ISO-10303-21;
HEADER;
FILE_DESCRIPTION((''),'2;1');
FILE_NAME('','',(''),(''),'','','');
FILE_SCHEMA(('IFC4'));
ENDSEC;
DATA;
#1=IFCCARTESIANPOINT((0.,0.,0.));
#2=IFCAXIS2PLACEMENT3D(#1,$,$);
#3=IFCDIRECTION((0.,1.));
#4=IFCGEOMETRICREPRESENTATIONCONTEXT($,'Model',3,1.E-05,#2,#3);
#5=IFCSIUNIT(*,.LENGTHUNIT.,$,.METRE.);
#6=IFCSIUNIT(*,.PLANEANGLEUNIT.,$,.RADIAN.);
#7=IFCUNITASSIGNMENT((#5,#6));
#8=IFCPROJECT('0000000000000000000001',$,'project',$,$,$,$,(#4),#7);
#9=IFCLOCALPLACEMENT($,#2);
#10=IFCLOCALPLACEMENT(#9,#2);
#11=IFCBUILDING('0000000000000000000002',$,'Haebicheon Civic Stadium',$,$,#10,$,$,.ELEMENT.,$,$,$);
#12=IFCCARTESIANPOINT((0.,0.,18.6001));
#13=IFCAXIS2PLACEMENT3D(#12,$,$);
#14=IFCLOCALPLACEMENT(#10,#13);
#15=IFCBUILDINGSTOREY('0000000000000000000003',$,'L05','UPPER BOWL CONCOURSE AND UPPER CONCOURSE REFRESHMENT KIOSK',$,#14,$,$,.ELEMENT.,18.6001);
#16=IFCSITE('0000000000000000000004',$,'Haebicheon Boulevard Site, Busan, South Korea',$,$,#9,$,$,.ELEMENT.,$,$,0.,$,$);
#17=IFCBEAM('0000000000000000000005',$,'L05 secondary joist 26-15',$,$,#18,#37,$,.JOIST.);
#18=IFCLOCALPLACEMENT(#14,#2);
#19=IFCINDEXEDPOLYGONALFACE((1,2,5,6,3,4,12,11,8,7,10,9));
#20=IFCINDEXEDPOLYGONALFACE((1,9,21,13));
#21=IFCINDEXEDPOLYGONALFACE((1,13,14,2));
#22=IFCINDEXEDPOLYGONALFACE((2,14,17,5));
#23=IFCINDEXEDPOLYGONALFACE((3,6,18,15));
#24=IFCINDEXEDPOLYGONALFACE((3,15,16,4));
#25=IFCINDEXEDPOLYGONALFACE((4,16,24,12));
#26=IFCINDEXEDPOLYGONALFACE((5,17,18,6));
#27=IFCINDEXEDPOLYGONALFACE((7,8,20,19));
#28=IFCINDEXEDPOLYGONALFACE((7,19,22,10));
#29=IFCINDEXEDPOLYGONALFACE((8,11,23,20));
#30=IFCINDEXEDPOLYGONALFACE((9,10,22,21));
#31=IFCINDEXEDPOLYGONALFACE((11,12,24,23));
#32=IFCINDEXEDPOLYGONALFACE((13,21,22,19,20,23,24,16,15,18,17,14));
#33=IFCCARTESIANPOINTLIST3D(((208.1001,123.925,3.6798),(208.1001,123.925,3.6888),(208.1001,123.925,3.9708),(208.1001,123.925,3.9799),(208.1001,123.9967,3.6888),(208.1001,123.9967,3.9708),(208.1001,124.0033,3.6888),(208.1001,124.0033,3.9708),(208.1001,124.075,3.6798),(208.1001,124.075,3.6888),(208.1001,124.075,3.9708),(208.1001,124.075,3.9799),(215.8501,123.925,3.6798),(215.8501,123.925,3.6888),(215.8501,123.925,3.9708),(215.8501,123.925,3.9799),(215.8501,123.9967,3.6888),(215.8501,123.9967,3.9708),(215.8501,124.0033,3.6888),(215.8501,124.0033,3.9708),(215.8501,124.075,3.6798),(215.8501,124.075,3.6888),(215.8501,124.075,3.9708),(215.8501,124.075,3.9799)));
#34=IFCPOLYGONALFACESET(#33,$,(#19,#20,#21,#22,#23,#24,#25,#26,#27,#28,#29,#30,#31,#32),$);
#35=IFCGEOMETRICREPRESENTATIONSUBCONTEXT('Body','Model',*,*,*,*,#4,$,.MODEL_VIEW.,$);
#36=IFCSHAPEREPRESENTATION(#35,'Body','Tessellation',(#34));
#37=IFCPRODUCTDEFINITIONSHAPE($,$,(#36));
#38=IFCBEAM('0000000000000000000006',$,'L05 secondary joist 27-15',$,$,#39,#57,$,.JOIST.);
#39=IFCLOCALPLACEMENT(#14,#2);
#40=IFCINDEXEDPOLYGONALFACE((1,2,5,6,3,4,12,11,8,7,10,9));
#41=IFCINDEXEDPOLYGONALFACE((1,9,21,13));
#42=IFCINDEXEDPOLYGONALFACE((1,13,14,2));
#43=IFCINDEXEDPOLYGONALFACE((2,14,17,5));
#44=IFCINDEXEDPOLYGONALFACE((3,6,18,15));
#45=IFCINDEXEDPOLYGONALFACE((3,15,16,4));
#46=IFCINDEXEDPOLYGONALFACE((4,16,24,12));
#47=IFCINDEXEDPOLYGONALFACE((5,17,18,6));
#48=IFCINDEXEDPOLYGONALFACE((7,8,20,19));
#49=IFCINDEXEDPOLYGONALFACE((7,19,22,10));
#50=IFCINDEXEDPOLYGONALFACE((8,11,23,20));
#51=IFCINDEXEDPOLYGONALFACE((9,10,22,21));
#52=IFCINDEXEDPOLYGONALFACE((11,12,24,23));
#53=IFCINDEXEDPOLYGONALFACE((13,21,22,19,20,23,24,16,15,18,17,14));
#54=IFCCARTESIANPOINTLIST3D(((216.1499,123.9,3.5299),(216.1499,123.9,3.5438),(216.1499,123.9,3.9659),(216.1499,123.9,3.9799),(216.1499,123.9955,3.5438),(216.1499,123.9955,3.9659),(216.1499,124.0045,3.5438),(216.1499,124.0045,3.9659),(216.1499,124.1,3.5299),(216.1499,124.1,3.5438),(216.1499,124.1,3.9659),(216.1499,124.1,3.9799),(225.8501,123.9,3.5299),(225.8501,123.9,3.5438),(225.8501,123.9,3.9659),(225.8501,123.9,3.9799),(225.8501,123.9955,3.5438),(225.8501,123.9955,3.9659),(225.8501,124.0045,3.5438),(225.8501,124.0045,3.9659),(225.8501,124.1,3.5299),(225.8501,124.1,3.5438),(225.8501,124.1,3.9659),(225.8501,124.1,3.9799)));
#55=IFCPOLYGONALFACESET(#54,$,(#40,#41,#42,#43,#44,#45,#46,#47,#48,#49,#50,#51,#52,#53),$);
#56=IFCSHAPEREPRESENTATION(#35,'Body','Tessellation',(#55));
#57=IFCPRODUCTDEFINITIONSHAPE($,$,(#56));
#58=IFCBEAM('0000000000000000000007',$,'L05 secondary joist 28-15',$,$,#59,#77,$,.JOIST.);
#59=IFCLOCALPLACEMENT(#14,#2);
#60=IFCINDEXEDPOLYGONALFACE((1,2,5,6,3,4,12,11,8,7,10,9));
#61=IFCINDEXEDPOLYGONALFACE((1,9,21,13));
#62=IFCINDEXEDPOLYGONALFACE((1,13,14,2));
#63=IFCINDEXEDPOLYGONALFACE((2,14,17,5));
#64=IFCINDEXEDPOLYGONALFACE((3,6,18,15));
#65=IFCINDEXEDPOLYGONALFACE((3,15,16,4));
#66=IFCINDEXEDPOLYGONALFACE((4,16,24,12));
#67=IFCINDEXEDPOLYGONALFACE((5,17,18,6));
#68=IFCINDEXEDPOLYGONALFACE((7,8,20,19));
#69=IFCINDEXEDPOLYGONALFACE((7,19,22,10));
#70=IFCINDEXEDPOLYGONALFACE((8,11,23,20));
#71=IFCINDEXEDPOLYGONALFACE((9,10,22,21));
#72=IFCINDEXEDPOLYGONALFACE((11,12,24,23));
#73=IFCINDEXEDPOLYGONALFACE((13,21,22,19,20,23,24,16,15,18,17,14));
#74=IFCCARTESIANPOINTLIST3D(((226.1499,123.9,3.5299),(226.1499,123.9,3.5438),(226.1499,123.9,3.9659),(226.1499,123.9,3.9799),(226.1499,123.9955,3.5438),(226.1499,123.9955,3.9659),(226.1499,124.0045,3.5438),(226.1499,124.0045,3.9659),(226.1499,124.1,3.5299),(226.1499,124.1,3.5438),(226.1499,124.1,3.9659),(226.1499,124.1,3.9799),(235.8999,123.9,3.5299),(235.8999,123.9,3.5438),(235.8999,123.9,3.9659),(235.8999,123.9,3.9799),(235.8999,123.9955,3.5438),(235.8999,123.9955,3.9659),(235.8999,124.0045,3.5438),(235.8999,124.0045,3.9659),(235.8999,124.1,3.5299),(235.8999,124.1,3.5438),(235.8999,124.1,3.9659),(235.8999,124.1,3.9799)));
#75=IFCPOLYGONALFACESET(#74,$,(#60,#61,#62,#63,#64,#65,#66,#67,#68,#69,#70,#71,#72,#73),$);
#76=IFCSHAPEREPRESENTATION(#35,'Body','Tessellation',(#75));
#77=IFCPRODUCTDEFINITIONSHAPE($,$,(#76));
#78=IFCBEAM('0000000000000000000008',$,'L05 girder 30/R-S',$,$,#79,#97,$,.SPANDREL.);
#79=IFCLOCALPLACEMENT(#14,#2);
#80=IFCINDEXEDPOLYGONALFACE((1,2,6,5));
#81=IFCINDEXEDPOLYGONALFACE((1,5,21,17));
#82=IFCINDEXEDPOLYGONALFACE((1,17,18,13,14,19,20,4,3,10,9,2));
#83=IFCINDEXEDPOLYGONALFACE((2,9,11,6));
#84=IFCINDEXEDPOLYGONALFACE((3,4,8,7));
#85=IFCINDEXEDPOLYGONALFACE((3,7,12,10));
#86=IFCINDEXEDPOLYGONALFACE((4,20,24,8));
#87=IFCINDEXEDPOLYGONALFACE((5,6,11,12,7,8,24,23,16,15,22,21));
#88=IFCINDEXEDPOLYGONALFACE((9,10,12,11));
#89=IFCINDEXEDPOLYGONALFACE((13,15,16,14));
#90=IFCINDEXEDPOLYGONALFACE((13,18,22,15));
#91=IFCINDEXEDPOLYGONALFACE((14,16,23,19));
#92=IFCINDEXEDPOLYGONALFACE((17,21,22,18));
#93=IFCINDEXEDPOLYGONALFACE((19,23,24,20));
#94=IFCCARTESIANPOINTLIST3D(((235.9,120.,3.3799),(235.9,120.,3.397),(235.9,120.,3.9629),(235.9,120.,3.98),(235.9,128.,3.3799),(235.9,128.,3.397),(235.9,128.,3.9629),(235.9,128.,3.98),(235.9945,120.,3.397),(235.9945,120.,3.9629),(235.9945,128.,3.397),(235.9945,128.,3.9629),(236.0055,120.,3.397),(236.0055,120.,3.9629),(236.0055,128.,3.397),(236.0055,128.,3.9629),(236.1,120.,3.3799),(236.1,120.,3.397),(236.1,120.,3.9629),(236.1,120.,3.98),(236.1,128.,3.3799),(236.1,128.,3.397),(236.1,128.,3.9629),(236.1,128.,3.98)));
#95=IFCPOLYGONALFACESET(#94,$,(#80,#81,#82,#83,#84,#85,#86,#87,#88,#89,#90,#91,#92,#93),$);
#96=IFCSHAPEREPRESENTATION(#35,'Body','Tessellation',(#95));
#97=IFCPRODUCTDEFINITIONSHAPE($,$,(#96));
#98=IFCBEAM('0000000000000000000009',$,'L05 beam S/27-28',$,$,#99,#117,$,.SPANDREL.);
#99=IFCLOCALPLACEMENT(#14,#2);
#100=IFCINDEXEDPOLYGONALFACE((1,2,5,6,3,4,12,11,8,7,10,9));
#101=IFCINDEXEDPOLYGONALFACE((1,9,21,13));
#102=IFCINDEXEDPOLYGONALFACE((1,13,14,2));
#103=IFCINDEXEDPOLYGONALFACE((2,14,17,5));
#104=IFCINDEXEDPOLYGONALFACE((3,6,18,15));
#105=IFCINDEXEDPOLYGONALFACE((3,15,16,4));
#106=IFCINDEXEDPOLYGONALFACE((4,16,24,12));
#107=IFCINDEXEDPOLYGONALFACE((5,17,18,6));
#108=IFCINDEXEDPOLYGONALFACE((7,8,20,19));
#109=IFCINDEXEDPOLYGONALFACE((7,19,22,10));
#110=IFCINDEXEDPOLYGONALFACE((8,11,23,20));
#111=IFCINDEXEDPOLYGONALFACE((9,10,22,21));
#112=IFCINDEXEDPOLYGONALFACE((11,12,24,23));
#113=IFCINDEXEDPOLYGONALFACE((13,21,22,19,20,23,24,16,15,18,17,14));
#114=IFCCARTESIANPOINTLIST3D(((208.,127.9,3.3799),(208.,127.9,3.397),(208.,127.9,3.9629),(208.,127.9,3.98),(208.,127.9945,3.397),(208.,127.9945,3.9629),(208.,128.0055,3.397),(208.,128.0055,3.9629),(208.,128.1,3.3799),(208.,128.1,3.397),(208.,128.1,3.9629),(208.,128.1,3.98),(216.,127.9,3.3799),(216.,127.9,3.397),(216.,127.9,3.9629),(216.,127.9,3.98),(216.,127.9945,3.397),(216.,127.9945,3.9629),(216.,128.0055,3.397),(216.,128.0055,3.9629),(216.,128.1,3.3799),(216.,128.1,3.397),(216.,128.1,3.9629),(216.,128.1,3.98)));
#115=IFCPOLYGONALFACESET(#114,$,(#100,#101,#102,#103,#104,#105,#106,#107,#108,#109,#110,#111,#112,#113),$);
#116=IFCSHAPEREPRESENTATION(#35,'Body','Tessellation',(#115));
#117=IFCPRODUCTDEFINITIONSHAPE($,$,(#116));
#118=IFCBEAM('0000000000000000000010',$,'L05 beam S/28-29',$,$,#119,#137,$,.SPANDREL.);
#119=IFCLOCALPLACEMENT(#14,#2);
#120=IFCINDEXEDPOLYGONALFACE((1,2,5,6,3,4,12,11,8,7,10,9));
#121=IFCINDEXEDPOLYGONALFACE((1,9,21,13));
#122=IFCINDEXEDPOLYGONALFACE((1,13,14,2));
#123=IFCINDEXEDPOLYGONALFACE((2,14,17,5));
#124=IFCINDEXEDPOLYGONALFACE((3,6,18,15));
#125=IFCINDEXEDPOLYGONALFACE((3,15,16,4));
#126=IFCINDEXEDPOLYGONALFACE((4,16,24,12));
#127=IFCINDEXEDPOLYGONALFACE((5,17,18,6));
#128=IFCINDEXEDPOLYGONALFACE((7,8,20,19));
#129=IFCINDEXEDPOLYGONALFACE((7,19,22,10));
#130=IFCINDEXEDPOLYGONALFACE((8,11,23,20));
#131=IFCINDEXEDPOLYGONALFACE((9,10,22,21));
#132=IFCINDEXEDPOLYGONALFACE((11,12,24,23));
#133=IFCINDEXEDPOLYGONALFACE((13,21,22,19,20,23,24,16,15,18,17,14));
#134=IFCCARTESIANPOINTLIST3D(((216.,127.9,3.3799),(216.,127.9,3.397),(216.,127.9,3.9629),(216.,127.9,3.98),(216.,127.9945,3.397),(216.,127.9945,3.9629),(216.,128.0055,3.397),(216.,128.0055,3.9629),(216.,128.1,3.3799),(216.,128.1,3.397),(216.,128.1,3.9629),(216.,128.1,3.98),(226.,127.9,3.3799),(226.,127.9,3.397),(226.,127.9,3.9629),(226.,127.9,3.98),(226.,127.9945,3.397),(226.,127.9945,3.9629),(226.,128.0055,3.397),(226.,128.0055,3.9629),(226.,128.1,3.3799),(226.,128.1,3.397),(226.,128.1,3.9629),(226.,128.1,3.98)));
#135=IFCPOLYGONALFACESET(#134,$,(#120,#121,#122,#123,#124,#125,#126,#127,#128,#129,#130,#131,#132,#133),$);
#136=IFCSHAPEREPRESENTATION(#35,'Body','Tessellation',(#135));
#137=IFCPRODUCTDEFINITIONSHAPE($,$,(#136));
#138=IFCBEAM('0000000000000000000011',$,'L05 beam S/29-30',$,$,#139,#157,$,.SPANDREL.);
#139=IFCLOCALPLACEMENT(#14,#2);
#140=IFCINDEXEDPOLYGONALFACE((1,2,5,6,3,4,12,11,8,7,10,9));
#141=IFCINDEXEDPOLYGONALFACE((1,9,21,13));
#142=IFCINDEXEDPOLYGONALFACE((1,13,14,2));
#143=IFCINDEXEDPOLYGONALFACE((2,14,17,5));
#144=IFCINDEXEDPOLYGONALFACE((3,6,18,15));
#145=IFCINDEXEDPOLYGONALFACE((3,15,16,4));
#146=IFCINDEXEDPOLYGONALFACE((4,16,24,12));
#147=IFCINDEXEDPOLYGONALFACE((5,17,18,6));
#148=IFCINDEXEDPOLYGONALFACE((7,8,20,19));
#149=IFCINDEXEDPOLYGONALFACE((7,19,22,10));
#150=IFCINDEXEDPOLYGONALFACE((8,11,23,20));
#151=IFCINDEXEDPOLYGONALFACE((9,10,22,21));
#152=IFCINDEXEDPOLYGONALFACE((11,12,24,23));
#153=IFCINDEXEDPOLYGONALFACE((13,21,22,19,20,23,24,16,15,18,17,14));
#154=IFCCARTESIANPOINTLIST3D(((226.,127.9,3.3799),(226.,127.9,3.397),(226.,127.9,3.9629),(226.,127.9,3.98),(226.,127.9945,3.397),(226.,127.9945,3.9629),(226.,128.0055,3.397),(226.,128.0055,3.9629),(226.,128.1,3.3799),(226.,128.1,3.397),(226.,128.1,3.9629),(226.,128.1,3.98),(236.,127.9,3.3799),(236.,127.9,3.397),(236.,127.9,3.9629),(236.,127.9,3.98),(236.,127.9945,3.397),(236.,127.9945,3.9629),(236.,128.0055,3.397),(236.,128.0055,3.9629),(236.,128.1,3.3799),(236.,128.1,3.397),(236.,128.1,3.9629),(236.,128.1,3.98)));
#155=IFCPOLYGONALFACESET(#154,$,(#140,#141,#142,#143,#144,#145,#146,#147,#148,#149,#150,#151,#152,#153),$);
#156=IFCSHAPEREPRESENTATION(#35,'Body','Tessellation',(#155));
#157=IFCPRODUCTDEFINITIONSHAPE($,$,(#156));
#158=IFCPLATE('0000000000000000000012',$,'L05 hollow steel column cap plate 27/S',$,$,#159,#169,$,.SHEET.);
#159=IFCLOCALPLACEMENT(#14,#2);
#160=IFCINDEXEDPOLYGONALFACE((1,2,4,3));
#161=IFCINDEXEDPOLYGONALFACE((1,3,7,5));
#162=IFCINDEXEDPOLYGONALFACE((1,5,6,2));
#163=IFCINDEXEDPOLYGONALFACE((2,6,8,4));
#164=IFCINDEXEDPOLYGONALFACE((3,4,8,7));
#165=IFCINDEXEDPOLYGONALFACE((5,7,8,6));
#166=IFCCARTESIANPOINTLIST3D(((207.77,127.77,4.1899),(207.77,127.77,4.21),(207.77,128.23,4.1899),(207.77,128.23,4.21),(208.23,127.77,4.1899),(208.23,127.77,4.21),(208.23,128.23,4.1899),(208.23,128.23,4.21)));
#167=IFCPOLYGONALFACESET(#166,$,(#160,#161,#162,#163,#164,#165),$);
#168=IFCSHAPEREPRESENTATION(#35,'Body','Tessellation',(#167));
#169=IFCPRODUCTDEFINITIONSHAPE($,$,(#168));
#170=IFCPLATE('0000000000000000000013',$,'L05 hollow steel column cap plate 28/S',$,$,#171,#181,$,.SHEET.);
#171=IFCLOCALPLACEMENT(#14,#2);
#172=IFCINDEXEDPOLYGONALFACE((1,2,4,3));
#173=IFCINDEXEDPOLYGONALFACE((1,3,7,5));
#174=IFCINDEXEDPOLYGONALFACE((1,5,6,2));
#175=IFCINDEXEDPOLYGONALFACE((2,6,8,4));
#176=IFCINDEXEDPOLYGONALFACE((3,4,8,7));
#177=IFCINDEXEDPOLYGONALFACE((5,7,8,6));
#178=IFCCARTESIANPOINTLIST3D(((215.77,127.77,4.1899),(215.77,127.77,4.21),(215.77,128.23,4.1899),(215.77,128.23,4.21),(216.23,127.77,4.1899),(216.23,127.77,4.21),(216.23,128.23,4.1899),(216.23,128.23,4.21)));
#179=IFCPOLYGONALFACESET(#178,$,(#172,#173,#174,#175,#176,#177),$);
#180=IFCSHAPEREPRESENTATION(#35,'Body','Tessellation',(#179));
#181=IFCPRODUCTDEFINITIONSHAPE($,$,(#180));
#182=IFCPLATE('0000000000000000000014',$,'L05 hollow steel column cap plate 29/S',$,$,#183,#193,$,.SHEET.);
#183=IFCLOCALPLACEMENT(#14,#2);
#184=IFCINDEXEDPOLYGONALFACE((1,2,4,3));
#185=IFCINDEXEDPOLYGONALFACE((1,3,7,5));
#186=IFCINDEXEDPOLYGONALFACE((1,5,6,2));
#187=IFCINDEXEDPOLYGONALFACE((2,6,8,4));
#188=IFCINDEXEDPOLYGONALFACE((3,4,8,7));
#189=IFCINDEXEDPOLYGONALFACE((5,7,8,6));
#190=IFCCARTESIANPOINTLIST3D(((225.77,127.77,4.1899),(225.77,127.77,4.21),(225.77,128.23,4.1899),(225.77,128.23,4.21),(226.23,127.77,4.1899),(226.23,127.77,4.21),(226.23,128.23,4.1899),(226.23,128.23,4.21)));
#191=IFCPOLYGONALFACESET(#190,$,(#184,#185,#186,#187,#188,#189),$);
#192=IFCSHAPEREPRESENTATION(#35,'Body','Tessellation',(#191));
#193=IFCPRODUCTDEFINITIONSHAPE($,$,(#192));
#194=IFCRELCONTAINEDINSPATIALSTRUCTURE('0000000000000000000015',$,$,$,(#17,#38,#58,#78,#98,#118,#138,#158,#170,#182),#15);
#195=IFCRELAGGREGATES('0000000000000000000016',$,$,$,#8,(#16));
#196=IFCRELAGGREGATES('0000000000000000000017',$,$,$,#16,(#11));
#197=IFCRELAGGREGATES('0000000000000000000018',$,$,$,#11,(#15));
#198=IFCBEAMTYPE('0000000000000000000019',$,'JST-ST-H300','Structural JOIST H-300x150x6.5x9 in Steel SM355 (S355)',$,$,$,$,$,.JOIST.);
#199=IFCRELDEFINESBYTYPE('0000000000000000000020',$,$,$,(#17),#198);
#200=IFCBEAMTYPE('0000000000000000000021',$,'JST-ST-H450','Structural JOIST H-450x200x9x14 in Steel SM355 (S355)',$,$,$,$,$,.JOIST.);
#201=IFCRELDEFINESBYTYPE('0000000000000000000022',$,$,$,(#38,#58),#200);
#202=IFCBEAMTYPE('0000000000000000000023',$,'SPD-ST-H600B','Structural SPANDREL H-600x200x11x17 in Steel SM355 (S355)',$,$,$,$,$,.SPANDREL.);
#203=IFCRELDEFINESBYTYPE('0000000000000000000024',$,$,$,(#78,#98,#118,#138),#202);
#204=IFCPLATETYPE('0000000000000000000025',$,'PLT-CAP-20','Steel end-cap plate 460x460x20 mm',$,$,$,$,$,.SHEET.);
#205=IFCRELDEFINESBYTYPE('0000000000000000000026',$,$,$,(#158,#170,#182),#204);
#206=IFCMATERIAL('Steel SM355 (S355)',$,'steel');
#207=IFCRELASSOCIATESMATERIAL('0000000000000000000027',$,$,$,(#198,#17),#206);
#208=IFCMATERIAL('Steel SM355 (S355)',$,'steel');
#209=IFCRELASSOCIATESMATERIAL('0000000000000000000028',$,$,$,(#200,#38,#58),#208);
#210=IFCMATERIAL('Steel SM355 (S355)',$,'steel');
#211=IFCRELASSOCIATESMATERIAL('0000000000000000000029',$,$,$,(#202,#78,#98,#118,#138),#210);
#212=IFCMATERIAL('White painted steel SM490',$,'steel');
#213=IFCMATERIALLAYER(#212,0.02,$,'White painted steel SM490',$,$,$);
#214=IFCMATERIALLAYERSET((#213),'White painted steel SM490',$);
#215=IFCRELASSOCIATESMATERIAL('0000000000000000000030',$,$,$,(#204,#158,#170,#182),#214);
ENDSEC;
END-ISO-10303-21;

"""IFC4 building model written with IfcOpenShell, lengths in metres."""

from ifc_helpers import new_model, si_unit, direction, frame, origin, origin_2d, place, context, subcontext, project, spatial, rectangle, i_section, extrude, material, layer, layer_set, material_profile, profile_set, type_object, element, save


model = new_model("IFC4")

# Units and contexts
model_context = context("Model", 3, precision=1e-05, world=origin(), true_north=direction((0.0, 1.0)))
body_context = subcontext(model_context, "Body", "Model", "MODEL_VIEW")
ifc_project = project(units=[si_unit("LENGTHUNIT", "METRE"), si_unit("PLANEANGLEUNIT", "RADIAN")], contexts=[model_context])

# Site, building, storey
site_placement = place(None, origin())
site = spatial("IfcSite", under=ifc_project, at=site_placement, Name="Haebicheon Boulevard Site, Busan, South Korea", CompositionType="ELEMENT", RefElevation=0.0)
building_placement = place(site_placement, origin())
building = spatial("IfcBuilding", under=site, at=building_placement, Name="Haebicheon Civic Stadium", CompositionType="ELEMENT")
storey_placement = place(building_placement, frame((0.0, 0.0, 18.6001)))
storey = spatial("IfcBuildingStorey", under=building, at=storey_placement, Name="L05", Description="UPPER BOWL CONCOURSE AND UPPER CONCOURSE REFRESHMENT KIOSK", CompositionType="ELEMENT", Elevation=18.6001)

# Beams
ifc_material_1 = material(Name="Steel SM355 (S355)", Category="steel")
ifc_material_profile_1 = material_profile(ifc_material_1, i_section(OverallWidth=0.1499, OverallDepth=0.3, WebThickness=0.0066, FlangeThickness=0.009, at=origin_2d()), Name="H-300x150x6.5x9")
ifc_profile_set_1 = profile_set([ifc_material_profile_1], Name="Steel SM355 (S355)")
beam_type_1 = type_object("IfcBeamType", Name="JST-ST-H300", Description="Structural JOIST H-300x150x6.5x9 in Steel SM355 (S355)", PredefinedType="JOIST", material=ifc_profile_set_1)
beam_1_placement = place(storey_placement, frame((208.1001, 124.0, 3.8298), z_axis=(1.0, 0.0, 0.0), x_axis=(0.0, 1.0, 0.0)))
element("IfcBeam", 1, at=beam_1_placement, inside=storey, type_object=beam_type_1, material=ifc_profile_set_1, Name="L05 secondary joist 26-15", PredefinedType="JOIST", context=body_context, shape_type="SweptSolid", body=[
    extrude(i_section(OverallWidth=0.1499, OverallDepth=0.3, WebThickness=0.0066, FlangeThickness=0.009, at=origin_2d()), origin(), (0.0, 0.0, 1.0), 7.75),
])
ifc_material_2 = material(Name="Steel SM355 (S355)", Category="steel")
ifc_material_profile_2 = material_profile(ifc_material_2, i_section(OverallWidth=0.2, OverallDepth=0.45, WebThickness=0.009, FlangeThickness=0.0139, at=origin_2d()), Name="H-450x200x9x14")
ifc_profile_set_2 = profile_set([ifc_material_profile_2], Name="Steel SM355 (S355)")
beam_type_2 = type_object("IfcBeamType", Name="JST-ST-H450", Description="Structural JOIST H-450x200x9x14 in Steel SM355 (S355)", PredefinedType="JOIST", material=ifc_profile_set_2)
beam_2_placement = place(storey_placement, frame((216.1499, 124.0, 3.7549), z_axis=(1.0, 0.0, 0.0), x_axis=(0.0, 1.0, 0.0)))
element("IfcBeam", 2, at=beam_2_placement, inside=storey, type_object=beam_type_2, material=ifc_profile_set_2, Name="L05 secondary joist 27-15", PredefinedType="JOIST", context=body_context, shape_type="SweptSolid", body=[
    extrude(i_section(OverallWidth=0.2, OverallDepth=0.45, WebThickness=0.009, FlangeThickness=0.0139, at=origin_2d()), origin(), (0.0, 0.0, 1.0), 9.7002),
])
beam_3_placement = place(storey_placement, frame((226.1499, 124.0, 3.7549), z_axis=(1.0, 0.0, 0.0), x_axis=(0.0, 1.0, 0.0)))
element("IfcBeam", 3, at=beam_3_placement, inside=storey, type_object=beam_type_2, material=ifc_profile_set_2, Name="L05 secondary joist 28-15", PredefinedType="JOIST", context=body_context, shape_type="SweptSolid", body=[
    extrude(i_section(OverallWidth=0.2, OverallDepth=0.45, WebThickness=0.009, FlangeThickness=0.0139, at=origin_2d()), origin(), (0.0, 0.0, 1.0), 9.75),
])
ifc_material_3 = material(Name="Steel SM355 (S355)", Category="steel")
ifc_material_profile_3 = material_profile(ifc_material_3, i_section(OverallWidth=0.2, OverallDepth=0.6001, WebThickness=0.011, FlangeThickness=0.0171, at=origin_2d()), Name="H-600x200x11x17")
ifc_profile_set_3 = profile_set([ifc_material_profile_3], Name="Steel SM355 (S355)")
beam_type_3 = type_object("IfcBeamType", Name="SPD-ST-H600B", Description="Structural SPANDREL H-600x200x11x17 in Steel SM355 (S355)", PredefinedType="SPANDREL", material=ifc_profile_set_3)
for number, where, z_axis, x_axis, name in (
    (4, (236.0, 120.0, 3.6799), (0.0, 1.0, 0.0), (-1.0, 0.0, 0.0), "L05 girder 30/R-S"),
    (5, (208.0, 128.0, 3.6799), (1.0, 0.0, 0.0), (0.0, 1.0, 0.0), "L05 beam S/27-28"),
):
    element("IfcBeam", number, at=place(storey_placement, frame(where, z_axis=z_axis, x_axis=x_axis)), inside=storey, type_object=beam_type_3, material=ifc_profile_set_3, Name=name, PredefinedType="SPANDREL", context=body_context, shape_type="SweptSolid", body=[
        extrude(i_section(OverallWidth=0.2, OverallDepth=0.6001, WebThickness=0.011, FlangeThickness=0.0171, at=origin_2d()), origin(), (0.0, 0.0, 1.0), 8.0),
    ])
for number, where, z_axis, x_axis, name in (
    (6, (216.0, 128.0, 3.6799), (1.0, 0.0, 0.0), (0.0, 1.0, 0.0), "L05 beam S/28-29"),
    (7, (226.0, 128.0, 3.6799), (1.0, 0.0, 0.0), (0.0, 1.0, 0.0), "L05 beam S/29-30"),
):
    element("IfcBeam", number, at=place(storey_placement, frame(where, z_axis=z_axis, x_axis=x_axis)), inside=storey, type_object=beam_type_3, material=ifc_profile_set_3, Name=name, PredefinedType="SPANDREL", context=body_context, shape_type="SweptSolid", body=[
        extrude(i_section(OverallWidth=0.2, OverallDepth=0.6001, WebThickness=0.011, FlangeThickness=0.0171, at=origin_2d()), origin(), (0.0, 0.0, 1.0), 10.0),
    ])

# Plates
ifc_material_4 = material(Name="White painted steel SM490", Category="steel")
ifc_layer_1 = layer(ifc_material_4, 0.02, Name="White painted steel SM490")
ifc_layer_set_1 = layer_set([ifc_layer_1], Name="White painted steel SM490")
plate_type = type_object("IfcPlateType", Name="PLT-CAP-20", Description="Steel end-cap plate 460x460x20 mm", PredefinedType="SHEET", material=ifc_layer_set_1)
for number, where, z_axis, x_axis, name in (
    (8, (208.0, 128.0, 4.1899), (0.0, 0.0, 1.0), (1.0, 0.0, 0.0), "L05 hollow steel column cap plate 27/S"),
    (9, (216.0, 128.0, 4.1899), (0.0, 0.0, 1.0), (1.0, 0.0, 0.0), "L05 hollow steel column cap plate 28/S"),
    (10, (226.0, 128.0, 4.1899), (0.0, 0.0, 1.0), (1.0, 0.0, 0.0), "L05 hollow steel column cap plate 29/S"),
):
    element("IfcPlate", number, at=place(storey_placement, frame(where, z_axis=z_axis, x_axis=x_axis)), inside=storey, type_object=plate_type, material=ifc_layer_set_1, Name=name, PredefinedType="SHEET", context=body_context, shape_type="SweptSolid", body=[
        extrude(rectangle(XDim=0.46, YDim=0.46, at=origin_2d()), origin(), (0.0, 0.0, 1.0), 0.02),
    ])

save(model, "model.ifc")
